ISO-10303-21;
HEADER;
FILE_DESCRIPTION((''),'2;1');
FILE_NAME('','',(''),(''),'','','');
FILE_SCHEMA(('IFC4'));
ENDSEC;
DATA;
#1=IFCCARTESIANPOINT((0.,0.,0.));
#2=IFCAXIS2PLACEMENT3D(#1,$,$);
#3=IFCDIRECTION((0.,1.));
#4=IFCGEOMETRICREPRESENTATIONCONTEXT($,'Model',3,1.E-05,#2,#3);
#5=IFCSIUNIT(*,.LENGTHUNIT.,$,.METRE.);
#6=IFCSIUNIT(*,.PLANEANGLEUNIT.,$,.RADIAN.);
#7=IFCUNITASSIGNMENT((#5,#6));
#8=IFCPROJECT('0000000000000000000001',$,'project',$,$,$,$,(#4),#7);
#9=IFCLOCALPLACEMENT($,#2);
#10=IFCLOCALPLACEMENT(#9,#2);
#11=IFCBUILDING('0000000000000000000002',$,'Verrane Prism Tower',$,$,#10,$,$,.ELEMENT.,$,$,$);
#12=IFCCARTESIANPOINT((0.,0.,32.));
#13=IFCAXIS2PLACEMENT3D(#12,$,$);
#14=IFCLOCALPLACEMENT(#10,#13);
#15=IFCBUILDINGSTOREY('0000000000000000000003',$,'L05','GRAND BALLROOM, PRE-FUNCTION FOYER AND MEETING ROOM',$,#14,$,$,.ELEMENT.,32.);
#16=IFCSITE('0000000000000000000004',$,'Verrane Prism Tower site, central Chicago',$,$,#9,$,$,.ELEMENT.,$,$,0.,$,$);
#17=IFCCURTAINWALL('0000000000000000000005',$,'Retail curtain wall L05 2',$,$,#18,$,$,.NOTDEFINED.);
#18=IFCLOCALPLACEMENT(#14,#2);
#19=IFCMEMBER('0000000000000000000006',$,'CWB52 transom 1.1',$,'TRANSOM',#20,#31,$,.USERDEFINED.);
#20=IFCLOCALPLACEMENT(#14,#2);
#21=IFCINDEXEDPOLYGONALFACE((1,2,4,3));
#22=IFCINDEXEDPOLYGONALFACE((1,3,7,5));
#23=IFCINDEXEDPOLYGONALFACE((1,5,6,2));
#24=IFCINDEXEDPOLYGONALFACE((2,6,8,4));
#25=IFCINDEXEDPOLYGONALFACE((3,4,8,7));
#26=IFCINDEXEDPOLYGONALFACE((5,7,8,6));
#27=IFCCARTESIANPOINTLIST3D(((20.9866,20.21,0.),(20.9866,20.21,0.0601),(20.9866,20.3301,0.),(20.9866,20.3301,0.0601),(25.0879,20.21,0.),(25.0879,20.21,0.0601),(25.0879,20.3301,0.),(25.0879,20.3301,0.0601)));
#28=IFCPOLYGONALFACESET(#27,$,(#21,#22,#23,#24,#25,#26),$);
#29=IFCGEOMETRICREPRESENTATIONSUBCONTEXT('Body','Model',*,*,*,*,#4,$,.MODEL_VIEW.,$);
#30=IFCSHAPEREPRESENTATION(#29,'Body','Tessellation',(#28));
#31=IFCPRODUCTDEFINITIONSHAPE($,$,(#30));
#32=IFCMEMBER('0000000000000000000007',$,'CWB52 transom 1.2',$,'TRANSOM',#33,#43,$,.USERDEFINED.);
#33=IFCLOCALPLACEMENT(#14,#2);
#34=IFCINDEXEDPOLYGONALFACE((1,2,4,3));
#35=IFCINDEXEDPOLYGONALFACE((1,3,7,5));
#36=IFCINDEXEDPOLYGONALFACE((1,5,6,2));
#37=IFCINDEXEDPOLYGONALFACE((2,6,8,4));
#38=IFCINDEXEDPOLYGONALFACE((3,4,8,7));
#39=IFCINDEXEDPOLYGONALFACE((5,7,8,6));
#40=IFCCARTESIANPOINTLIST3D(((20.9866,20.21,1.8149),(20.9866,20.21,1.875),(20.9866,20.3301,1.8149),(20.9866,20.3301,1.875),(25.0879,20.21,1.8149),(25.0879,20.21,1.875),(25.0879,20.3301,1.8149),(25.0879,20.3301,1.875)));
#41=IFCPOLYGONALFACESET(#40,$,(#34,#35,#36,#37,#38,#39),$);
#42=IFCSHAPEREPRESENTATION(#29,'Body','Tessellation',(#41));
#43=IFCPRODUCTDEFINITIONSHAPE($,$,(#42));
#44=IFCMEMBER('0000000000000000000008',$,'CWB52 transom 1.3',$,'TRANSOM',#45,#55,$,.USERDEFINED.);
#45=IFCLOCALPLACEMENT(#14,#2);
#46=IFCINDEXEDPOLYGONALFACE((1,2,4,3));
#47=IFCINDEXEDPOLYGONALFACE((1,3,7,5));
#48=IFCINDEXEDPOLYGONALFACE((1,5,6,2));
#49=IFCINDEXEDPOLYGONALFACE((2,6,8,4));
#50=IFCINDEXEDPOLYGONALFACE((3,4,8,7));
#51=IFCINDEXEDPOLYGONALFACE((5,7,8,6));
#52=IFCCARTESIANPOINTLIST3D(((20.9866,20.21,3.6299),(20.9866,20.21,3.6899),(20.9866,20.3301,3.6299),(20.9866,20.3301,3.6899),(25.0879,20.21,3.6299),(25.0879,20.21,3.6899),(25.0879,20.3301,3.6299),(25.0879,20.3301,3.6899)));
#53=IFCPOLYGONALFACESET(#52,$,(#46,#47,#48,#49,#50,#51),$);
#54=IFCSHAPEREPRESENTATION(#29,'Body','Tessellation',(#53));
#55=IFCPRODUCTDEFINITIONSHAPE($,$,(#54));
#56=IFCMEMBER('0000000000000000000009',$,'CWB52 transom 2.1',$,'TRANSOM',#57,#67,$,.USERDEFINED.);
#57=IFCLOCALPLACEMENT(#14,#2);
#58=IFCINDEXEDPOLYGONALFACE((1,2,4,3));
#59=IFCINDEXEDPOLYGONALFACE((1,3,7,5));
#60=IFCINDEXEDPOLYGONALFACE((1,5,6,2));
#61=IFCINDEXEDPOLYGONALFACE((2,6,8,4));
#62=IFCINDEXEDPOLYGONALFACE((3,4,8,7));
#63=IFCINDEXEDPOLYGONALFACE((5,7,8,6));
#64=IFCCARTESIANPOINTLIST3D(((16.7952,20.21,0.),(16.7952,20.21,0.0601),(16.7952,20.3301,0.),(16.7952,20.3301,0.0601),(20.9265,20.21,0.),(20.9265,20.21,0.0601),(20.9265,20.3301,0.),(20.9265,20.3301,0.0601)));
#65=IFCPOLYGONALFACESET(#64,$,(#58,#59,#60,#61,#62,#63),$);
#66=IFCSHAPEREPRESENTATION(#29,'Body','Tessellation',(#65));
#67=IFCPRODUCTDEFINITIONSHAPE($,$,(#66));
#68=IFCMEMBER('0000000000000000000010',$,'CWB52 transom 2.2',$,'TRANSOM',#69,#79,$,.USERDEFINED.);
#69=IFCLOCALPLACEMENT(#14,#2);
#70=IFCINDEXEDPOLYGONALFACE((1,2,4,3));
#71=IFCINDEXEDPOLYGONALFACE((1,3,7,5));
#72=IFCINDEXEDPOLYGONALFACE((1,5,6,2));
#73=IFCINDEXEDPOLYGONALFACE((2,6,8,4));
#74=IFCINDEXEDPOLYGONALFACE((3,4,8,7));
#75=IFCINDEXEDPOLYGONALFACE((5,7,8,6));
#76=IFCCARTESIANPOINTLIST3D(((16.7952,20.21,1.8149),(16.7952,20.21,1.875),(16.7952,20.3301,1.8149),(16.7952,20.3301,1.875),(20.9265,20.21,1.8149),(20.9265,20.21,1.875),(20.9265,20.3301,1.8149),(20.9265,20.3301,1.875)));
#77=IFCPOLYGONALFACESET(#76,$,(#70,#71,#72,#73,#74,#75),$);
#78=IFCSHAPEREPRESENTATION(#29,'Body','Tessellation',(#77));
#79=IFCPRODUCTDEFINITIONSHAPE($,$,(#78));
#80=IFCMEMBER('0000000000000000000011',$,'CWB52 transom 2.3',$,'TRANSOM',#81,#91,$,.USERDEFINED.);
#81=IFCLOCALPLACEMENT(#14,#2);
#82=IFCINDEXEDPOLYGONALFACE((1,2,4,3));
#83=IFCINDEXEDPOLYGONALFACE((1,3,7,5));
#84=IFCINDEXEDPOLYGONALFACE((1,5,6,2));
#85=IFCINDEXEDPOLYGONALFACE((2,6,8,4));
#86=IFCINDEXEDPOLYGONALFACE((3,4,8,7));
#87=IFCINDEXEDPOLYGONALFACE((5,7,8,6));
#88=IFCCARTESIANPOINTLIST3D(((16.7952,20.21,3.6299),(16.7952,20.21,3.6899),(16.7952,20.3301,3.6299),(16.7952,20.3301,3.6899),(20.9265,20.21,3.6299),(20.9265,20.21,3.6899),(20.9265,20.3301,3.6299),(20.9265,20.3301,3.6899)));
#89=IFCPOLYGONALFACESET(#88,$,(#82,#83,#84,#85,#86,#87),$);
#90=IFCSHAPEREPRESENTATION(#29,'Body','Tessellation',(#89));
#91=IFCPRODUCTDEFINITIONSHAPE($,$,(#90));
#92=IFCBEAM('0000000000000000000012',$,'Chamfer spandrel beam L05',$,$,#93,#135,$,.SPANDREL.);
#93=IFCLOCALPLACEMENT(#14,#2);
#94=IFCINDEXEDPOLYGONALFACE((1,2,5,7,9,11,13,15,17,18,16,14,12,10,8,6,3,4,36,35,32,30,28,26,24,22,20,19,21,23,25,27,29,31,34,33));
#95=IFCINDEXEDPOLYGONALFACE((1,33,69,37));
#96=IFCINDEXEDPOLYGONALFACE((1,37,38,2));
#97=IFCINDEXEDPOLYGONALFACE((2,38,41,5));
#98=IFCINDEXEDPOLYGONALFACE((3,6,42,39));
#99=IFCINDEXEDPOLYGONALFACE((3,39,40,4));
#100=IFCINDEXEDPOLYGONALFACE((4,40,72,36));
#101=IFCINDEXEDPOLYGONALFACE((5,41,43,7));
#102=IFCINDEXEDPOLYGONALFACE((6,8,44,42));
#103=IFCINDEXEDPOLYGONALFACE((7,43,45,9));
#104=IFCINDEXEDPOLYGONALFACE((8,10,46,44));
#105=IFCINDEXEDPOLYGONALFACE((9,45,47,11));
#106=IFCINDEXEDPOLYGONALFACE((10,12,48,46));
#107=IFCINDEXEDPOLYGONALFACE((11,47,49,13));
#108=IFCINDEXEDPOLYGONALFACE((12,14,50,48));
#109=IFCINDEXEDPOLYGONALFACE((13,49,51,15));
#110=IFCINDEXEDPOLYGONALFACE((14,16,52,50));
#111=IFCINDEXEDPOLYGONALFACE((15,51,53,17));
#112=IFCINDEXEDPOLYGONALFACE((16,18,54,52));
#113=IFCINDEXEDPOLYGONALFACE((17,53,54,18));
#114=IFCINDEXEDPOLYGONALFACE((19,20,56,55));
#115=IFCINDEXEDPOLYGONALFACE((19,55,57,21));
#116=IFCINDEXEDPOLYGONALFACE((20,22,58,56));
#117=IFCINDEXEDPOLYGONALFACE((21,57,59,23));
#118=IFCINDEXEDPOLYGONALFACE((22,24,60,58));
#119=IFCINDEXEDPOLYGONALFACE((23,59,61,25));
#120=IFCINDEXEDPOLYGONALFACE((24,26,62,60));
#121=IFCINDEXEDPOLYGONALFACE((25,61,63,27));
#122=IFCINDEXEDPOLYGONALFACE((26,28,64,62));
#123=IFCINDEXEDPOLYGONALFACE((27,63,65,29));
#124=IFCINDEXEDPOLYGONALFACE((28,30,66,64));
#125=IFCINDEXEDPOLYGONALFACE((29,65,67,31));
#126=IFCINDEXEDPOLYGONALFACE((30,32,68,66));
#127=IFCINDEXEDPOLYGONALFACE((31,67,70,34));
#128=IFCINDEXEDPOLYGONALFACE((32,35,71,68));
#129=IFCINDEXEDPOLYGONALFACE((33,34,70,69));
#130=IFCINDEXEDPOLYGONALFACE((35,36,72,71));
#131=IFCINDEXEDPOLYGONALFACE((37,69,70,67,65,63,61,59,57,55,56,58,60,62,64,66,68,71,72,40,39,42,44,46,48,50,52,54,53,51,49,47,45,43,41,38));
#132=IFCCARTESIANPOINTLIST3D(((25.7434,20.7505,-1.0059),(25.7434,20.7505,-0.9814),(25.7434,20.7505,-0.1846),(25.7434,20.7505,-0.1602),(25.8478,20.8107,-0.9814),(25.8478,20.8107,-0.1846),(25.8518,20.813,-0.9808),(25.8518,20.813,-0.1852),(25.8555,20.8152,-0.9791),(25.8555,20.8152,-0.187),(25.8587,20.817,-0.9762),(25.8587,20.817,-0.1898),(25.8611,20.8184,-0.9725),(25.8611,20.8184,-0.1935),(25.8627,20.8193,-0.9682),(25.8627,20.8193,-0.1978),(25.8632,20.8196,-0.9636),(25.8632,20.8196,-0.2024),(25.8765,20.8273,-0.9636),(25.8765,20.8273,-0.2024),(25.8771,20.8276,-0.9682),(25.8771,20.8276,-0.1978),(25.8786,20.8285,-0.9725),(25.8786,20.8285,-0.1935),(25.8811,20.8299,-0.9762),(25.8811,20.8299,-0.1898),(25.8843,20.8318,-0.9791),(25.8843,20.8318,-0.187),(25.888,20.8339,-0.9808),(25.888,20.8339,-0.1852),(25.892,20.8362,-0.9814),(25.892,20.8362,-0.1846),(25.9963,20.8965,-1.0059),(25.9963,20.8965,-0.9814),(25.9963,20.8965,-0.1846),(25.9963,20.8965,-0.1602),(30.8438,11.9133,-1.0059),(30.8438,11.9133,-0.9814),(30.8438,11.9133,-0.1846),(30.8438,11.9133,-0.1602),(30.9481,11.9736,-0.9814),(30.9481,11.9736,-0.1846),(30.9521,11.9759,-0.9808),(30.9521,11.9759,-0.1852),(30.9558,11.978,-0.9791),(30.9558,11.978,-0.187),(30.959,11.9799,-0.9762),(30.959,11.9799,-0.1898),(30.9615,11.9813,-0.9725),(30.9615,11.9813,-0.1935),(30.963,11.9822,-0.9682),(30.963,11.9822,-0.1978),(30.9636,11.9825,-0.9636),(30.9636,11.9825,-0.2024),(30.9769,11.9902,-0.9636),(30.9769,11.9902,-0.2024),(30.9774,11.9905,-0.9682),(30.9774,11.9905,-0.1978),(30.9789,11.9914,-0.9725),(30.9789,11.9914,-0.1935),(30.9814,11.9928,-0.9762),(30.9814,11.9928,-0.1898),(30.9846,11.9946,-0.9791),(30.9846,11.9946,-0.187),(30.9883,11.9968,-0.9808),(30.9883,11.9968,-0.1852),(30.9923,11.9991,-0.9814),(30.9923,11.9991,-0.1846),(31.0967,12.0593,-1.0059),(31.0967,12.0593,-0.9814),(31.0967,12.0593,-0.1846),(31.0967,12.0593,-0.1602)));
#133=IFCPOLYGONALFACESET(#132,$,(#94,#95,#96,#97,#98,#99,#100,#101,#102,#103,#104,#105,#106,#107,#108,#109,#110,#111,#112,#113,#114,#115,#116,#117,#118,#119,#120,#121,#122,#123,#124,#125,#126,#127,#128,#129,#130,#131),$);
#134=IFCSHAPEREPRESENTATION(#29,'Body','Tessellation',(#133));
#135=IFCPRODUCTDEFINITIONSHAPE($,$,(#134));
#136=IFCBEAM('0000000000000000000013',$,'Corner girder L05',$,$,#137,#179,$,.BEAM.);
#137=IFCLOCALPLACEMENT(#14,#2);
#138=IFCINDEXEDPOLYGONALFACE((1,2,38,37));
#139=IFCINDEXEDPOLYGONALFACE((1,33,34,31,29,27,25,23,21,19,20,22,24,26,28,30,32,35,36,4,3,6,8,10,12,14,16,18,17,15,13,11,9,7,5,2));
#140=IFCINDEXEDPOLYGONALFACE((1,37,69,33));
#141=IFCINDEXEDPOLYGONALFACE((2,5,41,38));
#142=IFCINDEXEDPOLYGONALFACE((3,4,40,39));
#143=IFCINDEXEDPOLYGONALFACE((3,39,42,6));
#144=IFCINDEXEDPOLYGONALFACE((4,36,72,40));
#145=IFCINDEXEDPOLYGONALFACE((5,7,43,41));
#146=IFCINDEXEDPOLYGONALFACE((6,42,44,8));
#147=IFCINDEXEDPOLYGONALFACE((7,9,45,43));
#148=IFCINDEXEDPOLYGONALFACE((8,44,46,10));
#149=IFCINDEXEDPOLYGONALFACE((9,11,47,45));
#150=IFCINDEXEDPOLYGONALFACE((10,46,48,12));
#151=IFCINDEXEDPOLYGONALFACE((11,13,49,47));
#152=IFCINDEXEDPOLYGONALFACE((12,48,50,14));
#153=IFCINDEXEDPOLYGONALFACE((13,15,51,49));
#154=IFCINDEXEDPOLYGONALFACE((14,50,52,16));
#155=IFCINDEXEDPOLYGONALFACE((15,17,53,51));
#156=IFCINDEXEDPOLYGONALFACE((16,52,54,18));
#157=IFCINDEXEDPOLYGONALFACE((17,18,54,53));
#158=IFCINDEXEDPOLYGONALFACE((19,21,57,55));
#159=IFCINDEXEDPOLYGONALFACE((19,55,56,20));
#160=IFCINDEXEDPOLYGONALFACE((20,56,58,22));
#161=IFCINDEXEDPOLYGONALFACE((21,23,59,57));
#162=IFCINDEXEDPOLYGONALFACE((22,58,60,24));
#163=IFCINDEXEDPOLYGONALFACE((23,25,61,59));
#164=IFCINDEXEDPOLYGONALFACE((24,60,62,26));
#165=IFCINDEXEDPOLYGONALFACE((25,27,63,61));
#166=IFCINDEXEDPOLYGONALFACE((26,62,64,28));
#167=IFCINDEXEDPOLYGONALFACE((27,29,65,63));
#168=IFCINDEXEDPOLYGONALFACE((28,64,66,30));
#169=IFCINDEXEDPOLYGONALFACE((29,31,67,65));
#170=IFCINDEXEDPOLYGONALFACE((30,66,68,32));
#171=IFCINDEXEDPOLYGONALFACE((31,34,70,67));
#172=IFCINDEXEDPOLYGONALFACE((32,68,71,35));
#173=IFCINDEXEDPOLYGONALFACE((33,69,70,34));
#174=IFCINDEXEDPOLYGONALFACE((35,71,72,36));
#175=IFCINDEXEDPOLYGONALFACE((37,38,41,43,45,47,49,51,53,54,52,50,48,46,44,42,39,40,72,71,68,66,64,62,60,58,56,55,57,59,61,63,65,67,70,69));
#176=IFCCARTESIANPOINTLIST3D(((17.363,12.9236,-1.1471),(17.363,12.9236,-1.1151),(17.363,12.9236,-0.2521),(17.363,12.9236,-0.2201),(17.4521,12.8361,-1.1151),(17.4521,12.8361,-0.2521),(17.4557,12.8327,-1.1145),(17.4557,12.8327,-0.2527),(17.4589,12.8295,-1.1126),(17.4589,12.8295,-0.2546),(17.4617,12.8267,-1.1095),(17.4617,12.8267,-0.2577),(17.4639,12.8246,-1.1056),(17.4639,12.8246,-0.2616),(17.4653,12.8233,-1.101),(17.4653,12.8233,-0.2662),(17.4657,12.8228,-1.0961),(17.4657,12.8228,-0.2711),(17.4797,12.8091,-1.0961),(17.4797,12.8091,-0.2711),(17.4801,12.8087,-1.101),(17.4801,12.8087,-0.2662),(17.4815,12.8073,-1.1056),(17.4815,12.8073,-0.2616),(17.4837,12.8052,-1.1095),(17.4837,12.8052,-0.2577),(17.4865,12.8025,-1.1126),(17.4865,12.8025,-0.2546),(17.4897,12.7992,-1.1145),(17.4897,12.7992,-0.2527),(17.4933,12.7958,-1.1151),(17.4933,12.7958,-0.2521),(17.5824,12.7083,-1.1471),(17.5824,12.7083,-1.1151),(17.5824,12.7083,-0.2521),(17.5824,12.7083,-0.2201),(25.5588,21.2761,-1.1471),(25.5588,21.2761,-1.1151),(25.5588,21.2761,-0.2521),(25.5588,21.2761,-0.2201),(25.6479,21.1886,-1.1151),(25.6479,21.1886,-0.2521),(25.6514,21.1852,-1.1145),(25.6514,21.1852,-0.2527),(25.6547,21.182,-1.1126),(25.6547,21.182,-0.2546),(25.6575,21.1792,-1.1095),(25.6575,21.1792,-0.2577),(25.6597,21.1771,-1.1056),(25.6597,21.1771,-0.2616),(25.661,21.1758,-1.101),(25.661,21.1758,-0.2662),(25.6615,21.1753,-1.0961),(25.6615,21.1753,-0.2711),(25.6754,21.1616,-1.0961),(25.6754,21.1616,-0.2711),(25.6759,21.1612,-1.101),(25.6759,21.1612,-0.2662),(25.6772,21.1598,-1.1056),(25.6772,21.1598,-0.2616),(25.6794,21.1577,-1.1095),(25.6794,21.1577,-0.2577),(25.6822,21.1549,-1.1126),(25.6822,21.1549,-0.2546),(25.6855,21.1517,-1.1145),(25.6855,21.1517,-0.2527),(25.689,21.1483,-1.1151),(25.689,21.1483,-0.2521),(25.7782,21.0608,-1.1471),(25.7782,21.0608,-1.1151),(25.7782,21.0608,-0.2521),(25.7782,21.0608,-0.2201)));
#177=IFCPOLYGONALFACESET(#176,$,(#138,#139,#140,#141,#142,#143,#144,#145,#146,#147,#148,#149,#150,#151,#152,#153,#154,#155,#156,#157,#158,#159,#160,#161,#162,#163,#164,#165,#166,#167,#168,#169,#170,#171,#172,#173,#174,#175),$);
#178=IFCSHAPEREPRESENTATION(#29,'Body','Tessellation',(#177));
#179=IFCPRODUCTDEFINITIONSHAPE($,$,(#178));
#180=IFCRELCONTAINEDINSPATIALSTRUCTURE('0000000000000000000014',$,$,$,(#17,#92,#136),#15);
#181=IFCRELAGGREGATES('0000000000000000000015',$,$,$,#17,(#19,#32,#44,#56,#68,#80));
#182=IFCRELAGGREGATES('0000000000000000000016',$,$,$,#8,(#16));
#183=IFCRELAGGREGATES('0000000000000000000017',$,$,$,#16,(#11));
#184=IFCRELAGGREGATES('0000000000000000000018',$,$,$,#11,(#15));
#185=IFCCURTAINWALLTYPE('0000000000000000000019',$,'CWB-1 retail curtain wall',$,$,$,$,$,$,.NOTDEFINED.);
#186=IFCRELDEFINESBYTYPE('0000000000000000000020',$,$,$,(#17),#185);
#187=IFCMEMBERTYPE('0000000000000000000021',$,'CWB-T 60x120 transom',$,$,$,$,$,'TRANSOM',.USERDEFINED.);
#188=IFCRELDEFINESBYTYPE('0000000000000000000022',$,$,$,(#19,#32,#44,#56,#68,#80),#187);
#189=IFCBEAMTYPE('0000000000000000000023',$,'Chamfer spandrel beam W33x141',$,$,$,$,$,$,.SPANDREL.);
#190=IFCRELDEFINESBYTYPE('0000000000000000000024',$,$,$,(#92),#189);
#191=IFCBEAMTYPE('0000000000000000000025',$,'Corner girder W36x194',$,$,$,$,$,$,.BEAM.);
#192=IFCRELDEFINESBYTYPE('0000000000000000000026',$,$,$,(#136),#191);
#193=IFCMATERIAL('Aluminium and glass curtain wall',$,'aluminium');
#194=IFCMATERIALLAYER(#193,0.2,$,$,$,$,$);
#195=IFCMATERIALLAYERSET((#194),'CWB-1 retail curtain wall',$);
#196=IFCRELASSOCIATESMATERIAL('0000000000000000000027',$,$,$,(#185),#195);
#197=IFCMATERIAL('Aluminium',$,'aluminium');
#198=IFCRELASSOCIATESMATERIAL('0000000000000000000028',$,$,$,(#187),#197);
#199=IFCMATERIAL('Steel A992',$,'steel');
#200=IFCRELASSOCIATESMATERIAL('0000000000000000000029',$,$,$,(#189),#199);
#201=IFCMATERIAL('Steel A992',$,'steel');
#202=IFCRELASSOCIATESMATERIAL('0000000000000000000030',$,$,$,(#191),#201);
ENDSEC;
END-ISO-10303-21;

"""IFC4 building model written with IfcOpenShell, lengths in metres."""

from ifc_helpers import new_model, si_unit, direction, frame, origin, origin_2d, place, context, subcontext, project, spatial, rectangle, i_section, extrude, material, layer, layer_set, material_profile, profile_set, type_object, element, aggregate, save


model = new_model("IFC4")

# Units and contexts
model_context = context("Model", 3, precision=1e-05, world=origin(), true_north=direction((0.0, 1.0)))
body_context = subcontext(model_context, "Body", "Model", "MODEL_VIEW")
ifc_project = project(units=[si_unit("LENGTHUNIT", "METRE"), si_unit("PLANEANGLEUNIT", "RADIAN")], contexts=[model_context])

# Site, building, storey
site_placement = place(None, origin())
site = spatial("IfcSite", under=ifc_project, at=site_placement, Name="Verrane Prism Tower site, central Chicago", CompositionType="ELEMENT", RefElevation=0.0)
building_placement = place(site_placement, origin())
building = spatial("IfcBuilding", under=site, at=building_placement, Name="Verrane Prism Tower", CompositionType="ELEMENT")
storey_placement = place(building_placement, frame((0.0, 0.0, 32.0)))
storey = spatial("IfcBuildingStorey", under=building, at=storey_placement, Name="L05", Description="GRAND BALLROOM, PRE-FUNCTION FOYER AND MEETING ROOM", CompositionType="ELEMENT", Elevation=32.0)

# Curtain wall
ifc_material_1 = material(Name="Aluminium and glass curtain wall", Category="aluminium")
ifc_layer_1 = layer(ifc_material_1, 0.2)
ifc_layer_set_1 = layer_set([ifc_layer_1], Name="CWB-1 retail curtain wall")
curtain_wall_type = type_object("IfcCurtainWallType", Name="CWB-1 retail curtain wall", PredefinedType="NOTDEFINED", material=ifc_layer_set_1)
curtain_wall_1_placement = place(storey_placement, origin())
curtain_wall_1 = element("IfcCurtainWall", 1, at=curtain_wall_1_placement, inside=storey, type_object=curtain_wall_type, Name="Retail curtain wall L05 2", PredefinedType="NOTDEFINED")

# Members
ifc_material_2 = material(Name="Aluminium", Category="aluminium")
ifc_material_profile_1 = material_profile(ifc_material_2, rectangle(XDim=0.1201, YDim=0.0601, at=origin_2d()), Name="CWB-T 60x120 transom")
ifc_profile_set_1 = profile_set([ifc_material_profile_1], Name="Aluminium")
member_type_1 = type_object("IfcMemberType", Name="CWB-T 60x120 transom", ElementType="TRANSOM", PredefinedType="USERDEFINED", material=ifc_profile_set_1)
member_1_placement = place(storey_placement, frame((25.0879, 20.27, 0.03), z_axis=(-1.0, 0.0, 0.0), x_axis=(0.0, -1.0, 0.0)))
member_1 = element("IfcMember", 2, at=member_1_placement, type_object=member_type_1, Name="CWB52 transom 1.1", ObjectType="TRANSOM", PredefinedType="USERDEFINED", context=body_context, shape_type="SweptSolid", body=[
    extrude(rectangle(XDim=0.1201, YDim=0.0601, at=origin_2d()), origin(), (0.0, 0.0, 1.0), 4.1013),
])
member_2_placement = place(storey_placement, frame((25.0879, 20.27, 1.845), z_axis=(-1.0, 0.0, 0.0), x_axis=(0.0, -1.0, 0.0)))
member_2 = element("IfcMember", 3, at=member_2_placement, type_object=member_type_1, Name="CWB52 transom 1.2", ObjectType="TRANSOM", PredefinedType="USERDEFINED", context=body_context, shape_type="SweptSolid", body=[
    extrude(rectangle(XDim=0.1201, YDim=0.0601, at=origin_2d()), origin(), (0.0, 0.0, 1.0), 4.1013),
])
member_3_placement = place(storey_placement, frame((25.0879, 20.27, 3.6599), z_axis=(-1.0, 0.0, 0.0), x_axis=(0.0, -1.0, 0.0)))
member_3 = element("IfcMember", 4, at=member_3_placement, type_object=member_type_1, Name="CWB52 transom 1.3", ObjectType="TRANSOM", PredefinedType="USERDEFINED", context=body_context, shape_type="SweptSolid", body=[
    extrude(rectangle(XDim=0.1201, YDim=0.0601, at=origin_2d()), origin(), (0.0, 0.0, 1.0), 4.1013),
])
member_4_placement = place(storey_placement, frame((20.9265, 20.27, 0.03), z_axis=(-1.0, 0.0, 0.0), x_axis=(0.0, -1.0, 0.0)))
member_4 = element("IfcMember", 5, at=member_4_placement, type_object=member_type_1, Name="CWB52 transom 2.1", ObjectType="TRANSOM", PredefinedType="USERDEFINED", context=body_context, shape_type="SweptSolid", body=[
    extrude(rectangle(XDim=0.1201, YDim=0.0601, at=origin_2d()), origin(), (0.0, 0.0, 1.0), 4.1313),
])
member_5_placement = place(storey_placement, frame((20.9265, 20.27, 1.845), z_axis=(-1.0, 0.0, 0.0), x_axis=(0.0, -1.0, 0.0)))
member_5 = element("IfcMember", 6, at=member_5_placement, type_object=member_type_1, Name="CWB52 transom 2.2", ObjectType="TRANSOM", PredefinedType="USERDEFINED", context=body_context, shape_type="SweptSolid", body=[
    extrude(rectangle(XDim=0.1201, YDim=0.0601, at=origin_2d()), origin(), (0.0, 0.0, 1.0), 4.1313),
])
member_6_placement = place(storey_placement, frame((20.9265, 20.27, 3.6599), z_axis=(-1.0, 0.0, 0.0), x_axis=(0.0, -1.0, 0.0)))
member_6 = element("IfcMember", 7, at=member_6_placement, type_object=member_type_1, Name="CWB52 transom 2.3", ObjectType="TRANSOM", PredefinedType="USERDEFINED", context=body_context, shape_type="SweptSolid", body=[
    extrude(rectangle(XDim=0.1201, YDim=0.0601, at=origin_2d()), origin(), (0.0, 0.0, 1.0), 4.1313),
])

# Beams
ifc_material_3 = material(Name="Steel A992", Category="steel")
ifc_material_profile_2 = material_profile(ifc_material_3, i_section(OverallWidth=0.292, OverallDepth=0.8457, WebThickness=0.0154, FlangeThickness=0.0244, FilletRadius=0.0178, at=origin_2d()), Name="W33x141")
ifc_profile_set_2 = profile_set([ifc_material_profile_2], Name="Steel A992")
beam_type_1 = type_object("IfcBeamType", Name="Chamfer spandrel beam W33x141", PredefinedType="SPANDREL", material=ifc_profile_set_2)
beam_1_placement = place(storey_placement, frame((30.9702, 11.9863, -0.583), z_axis=(-0.499868, 0.866102, 0.0), x_axis=(-0.866102, -0.499868, 0.0)))
element("IfcBeam", 8, at=beam_1_placement, inside=storey, type_object=beam_type_1, Name="Chamfer spandrel beam L05", PredefinedType="SPANDREL", context=body_context, shape_type="SweptSolid", body=[
    extrude(i_section(OverallWidth=0.292, OverallDepth=0.8457, WebThickness=0.0154, FlangeThickness=0.0244, FilletRadius=0.0178, at=origin_2d()), origin(), (0.0, 0.0, 1.0), 10.2034),
])
ifc_material_4 = material(Name="Steel A992", Category="steel")
ifc_material_profile_3 = material_profile(ifc_material_4, i_section(OverallWidth=0.3074, OverallDepth=0.927, WebThickness=0.0195, FlangeThickness=0.032, FilletRadius=0.019, at=origin_2d()), Name="W36x194")
ifc_profile_set_3 = profile_set([ifc_material_profile_3], Name="Steel A992")
beam_type_2 = type_object("IfcBeamType", Name="Corner girder W36x194", PredefinedType="BEAM", material=ifc_profile_set_3)
beam_2_placement = place(storey_placement, frame((25.6685, 21.1685, -0.6836), z_axis=(-0.700378, -0.713772, 0.0), x_axis=(0.713772, -0.700378, 0.0)))
element("IfcBeam", 9, at=beam_2_placement, inside=storey, type_object=beam_type_2, Name="Corner girder L05", PredefinedType="BEAM", context=body_context, shape_type="SweptSolid", body=[
    extrude(i_section(OverallWidth=0.3074, OverallDepth=0.927, WebThickness=0.0195, FlangeThickness=0.032, FilletRadius=0.019, at=origin_2d()), origin(), (0.0, 0.0, 1.0), 11.7019),
])

aggregate(curtain_wall_1, [member_1, member_2, member_3, member_4, member_5, member_6])

save(model, "model.ifc")
